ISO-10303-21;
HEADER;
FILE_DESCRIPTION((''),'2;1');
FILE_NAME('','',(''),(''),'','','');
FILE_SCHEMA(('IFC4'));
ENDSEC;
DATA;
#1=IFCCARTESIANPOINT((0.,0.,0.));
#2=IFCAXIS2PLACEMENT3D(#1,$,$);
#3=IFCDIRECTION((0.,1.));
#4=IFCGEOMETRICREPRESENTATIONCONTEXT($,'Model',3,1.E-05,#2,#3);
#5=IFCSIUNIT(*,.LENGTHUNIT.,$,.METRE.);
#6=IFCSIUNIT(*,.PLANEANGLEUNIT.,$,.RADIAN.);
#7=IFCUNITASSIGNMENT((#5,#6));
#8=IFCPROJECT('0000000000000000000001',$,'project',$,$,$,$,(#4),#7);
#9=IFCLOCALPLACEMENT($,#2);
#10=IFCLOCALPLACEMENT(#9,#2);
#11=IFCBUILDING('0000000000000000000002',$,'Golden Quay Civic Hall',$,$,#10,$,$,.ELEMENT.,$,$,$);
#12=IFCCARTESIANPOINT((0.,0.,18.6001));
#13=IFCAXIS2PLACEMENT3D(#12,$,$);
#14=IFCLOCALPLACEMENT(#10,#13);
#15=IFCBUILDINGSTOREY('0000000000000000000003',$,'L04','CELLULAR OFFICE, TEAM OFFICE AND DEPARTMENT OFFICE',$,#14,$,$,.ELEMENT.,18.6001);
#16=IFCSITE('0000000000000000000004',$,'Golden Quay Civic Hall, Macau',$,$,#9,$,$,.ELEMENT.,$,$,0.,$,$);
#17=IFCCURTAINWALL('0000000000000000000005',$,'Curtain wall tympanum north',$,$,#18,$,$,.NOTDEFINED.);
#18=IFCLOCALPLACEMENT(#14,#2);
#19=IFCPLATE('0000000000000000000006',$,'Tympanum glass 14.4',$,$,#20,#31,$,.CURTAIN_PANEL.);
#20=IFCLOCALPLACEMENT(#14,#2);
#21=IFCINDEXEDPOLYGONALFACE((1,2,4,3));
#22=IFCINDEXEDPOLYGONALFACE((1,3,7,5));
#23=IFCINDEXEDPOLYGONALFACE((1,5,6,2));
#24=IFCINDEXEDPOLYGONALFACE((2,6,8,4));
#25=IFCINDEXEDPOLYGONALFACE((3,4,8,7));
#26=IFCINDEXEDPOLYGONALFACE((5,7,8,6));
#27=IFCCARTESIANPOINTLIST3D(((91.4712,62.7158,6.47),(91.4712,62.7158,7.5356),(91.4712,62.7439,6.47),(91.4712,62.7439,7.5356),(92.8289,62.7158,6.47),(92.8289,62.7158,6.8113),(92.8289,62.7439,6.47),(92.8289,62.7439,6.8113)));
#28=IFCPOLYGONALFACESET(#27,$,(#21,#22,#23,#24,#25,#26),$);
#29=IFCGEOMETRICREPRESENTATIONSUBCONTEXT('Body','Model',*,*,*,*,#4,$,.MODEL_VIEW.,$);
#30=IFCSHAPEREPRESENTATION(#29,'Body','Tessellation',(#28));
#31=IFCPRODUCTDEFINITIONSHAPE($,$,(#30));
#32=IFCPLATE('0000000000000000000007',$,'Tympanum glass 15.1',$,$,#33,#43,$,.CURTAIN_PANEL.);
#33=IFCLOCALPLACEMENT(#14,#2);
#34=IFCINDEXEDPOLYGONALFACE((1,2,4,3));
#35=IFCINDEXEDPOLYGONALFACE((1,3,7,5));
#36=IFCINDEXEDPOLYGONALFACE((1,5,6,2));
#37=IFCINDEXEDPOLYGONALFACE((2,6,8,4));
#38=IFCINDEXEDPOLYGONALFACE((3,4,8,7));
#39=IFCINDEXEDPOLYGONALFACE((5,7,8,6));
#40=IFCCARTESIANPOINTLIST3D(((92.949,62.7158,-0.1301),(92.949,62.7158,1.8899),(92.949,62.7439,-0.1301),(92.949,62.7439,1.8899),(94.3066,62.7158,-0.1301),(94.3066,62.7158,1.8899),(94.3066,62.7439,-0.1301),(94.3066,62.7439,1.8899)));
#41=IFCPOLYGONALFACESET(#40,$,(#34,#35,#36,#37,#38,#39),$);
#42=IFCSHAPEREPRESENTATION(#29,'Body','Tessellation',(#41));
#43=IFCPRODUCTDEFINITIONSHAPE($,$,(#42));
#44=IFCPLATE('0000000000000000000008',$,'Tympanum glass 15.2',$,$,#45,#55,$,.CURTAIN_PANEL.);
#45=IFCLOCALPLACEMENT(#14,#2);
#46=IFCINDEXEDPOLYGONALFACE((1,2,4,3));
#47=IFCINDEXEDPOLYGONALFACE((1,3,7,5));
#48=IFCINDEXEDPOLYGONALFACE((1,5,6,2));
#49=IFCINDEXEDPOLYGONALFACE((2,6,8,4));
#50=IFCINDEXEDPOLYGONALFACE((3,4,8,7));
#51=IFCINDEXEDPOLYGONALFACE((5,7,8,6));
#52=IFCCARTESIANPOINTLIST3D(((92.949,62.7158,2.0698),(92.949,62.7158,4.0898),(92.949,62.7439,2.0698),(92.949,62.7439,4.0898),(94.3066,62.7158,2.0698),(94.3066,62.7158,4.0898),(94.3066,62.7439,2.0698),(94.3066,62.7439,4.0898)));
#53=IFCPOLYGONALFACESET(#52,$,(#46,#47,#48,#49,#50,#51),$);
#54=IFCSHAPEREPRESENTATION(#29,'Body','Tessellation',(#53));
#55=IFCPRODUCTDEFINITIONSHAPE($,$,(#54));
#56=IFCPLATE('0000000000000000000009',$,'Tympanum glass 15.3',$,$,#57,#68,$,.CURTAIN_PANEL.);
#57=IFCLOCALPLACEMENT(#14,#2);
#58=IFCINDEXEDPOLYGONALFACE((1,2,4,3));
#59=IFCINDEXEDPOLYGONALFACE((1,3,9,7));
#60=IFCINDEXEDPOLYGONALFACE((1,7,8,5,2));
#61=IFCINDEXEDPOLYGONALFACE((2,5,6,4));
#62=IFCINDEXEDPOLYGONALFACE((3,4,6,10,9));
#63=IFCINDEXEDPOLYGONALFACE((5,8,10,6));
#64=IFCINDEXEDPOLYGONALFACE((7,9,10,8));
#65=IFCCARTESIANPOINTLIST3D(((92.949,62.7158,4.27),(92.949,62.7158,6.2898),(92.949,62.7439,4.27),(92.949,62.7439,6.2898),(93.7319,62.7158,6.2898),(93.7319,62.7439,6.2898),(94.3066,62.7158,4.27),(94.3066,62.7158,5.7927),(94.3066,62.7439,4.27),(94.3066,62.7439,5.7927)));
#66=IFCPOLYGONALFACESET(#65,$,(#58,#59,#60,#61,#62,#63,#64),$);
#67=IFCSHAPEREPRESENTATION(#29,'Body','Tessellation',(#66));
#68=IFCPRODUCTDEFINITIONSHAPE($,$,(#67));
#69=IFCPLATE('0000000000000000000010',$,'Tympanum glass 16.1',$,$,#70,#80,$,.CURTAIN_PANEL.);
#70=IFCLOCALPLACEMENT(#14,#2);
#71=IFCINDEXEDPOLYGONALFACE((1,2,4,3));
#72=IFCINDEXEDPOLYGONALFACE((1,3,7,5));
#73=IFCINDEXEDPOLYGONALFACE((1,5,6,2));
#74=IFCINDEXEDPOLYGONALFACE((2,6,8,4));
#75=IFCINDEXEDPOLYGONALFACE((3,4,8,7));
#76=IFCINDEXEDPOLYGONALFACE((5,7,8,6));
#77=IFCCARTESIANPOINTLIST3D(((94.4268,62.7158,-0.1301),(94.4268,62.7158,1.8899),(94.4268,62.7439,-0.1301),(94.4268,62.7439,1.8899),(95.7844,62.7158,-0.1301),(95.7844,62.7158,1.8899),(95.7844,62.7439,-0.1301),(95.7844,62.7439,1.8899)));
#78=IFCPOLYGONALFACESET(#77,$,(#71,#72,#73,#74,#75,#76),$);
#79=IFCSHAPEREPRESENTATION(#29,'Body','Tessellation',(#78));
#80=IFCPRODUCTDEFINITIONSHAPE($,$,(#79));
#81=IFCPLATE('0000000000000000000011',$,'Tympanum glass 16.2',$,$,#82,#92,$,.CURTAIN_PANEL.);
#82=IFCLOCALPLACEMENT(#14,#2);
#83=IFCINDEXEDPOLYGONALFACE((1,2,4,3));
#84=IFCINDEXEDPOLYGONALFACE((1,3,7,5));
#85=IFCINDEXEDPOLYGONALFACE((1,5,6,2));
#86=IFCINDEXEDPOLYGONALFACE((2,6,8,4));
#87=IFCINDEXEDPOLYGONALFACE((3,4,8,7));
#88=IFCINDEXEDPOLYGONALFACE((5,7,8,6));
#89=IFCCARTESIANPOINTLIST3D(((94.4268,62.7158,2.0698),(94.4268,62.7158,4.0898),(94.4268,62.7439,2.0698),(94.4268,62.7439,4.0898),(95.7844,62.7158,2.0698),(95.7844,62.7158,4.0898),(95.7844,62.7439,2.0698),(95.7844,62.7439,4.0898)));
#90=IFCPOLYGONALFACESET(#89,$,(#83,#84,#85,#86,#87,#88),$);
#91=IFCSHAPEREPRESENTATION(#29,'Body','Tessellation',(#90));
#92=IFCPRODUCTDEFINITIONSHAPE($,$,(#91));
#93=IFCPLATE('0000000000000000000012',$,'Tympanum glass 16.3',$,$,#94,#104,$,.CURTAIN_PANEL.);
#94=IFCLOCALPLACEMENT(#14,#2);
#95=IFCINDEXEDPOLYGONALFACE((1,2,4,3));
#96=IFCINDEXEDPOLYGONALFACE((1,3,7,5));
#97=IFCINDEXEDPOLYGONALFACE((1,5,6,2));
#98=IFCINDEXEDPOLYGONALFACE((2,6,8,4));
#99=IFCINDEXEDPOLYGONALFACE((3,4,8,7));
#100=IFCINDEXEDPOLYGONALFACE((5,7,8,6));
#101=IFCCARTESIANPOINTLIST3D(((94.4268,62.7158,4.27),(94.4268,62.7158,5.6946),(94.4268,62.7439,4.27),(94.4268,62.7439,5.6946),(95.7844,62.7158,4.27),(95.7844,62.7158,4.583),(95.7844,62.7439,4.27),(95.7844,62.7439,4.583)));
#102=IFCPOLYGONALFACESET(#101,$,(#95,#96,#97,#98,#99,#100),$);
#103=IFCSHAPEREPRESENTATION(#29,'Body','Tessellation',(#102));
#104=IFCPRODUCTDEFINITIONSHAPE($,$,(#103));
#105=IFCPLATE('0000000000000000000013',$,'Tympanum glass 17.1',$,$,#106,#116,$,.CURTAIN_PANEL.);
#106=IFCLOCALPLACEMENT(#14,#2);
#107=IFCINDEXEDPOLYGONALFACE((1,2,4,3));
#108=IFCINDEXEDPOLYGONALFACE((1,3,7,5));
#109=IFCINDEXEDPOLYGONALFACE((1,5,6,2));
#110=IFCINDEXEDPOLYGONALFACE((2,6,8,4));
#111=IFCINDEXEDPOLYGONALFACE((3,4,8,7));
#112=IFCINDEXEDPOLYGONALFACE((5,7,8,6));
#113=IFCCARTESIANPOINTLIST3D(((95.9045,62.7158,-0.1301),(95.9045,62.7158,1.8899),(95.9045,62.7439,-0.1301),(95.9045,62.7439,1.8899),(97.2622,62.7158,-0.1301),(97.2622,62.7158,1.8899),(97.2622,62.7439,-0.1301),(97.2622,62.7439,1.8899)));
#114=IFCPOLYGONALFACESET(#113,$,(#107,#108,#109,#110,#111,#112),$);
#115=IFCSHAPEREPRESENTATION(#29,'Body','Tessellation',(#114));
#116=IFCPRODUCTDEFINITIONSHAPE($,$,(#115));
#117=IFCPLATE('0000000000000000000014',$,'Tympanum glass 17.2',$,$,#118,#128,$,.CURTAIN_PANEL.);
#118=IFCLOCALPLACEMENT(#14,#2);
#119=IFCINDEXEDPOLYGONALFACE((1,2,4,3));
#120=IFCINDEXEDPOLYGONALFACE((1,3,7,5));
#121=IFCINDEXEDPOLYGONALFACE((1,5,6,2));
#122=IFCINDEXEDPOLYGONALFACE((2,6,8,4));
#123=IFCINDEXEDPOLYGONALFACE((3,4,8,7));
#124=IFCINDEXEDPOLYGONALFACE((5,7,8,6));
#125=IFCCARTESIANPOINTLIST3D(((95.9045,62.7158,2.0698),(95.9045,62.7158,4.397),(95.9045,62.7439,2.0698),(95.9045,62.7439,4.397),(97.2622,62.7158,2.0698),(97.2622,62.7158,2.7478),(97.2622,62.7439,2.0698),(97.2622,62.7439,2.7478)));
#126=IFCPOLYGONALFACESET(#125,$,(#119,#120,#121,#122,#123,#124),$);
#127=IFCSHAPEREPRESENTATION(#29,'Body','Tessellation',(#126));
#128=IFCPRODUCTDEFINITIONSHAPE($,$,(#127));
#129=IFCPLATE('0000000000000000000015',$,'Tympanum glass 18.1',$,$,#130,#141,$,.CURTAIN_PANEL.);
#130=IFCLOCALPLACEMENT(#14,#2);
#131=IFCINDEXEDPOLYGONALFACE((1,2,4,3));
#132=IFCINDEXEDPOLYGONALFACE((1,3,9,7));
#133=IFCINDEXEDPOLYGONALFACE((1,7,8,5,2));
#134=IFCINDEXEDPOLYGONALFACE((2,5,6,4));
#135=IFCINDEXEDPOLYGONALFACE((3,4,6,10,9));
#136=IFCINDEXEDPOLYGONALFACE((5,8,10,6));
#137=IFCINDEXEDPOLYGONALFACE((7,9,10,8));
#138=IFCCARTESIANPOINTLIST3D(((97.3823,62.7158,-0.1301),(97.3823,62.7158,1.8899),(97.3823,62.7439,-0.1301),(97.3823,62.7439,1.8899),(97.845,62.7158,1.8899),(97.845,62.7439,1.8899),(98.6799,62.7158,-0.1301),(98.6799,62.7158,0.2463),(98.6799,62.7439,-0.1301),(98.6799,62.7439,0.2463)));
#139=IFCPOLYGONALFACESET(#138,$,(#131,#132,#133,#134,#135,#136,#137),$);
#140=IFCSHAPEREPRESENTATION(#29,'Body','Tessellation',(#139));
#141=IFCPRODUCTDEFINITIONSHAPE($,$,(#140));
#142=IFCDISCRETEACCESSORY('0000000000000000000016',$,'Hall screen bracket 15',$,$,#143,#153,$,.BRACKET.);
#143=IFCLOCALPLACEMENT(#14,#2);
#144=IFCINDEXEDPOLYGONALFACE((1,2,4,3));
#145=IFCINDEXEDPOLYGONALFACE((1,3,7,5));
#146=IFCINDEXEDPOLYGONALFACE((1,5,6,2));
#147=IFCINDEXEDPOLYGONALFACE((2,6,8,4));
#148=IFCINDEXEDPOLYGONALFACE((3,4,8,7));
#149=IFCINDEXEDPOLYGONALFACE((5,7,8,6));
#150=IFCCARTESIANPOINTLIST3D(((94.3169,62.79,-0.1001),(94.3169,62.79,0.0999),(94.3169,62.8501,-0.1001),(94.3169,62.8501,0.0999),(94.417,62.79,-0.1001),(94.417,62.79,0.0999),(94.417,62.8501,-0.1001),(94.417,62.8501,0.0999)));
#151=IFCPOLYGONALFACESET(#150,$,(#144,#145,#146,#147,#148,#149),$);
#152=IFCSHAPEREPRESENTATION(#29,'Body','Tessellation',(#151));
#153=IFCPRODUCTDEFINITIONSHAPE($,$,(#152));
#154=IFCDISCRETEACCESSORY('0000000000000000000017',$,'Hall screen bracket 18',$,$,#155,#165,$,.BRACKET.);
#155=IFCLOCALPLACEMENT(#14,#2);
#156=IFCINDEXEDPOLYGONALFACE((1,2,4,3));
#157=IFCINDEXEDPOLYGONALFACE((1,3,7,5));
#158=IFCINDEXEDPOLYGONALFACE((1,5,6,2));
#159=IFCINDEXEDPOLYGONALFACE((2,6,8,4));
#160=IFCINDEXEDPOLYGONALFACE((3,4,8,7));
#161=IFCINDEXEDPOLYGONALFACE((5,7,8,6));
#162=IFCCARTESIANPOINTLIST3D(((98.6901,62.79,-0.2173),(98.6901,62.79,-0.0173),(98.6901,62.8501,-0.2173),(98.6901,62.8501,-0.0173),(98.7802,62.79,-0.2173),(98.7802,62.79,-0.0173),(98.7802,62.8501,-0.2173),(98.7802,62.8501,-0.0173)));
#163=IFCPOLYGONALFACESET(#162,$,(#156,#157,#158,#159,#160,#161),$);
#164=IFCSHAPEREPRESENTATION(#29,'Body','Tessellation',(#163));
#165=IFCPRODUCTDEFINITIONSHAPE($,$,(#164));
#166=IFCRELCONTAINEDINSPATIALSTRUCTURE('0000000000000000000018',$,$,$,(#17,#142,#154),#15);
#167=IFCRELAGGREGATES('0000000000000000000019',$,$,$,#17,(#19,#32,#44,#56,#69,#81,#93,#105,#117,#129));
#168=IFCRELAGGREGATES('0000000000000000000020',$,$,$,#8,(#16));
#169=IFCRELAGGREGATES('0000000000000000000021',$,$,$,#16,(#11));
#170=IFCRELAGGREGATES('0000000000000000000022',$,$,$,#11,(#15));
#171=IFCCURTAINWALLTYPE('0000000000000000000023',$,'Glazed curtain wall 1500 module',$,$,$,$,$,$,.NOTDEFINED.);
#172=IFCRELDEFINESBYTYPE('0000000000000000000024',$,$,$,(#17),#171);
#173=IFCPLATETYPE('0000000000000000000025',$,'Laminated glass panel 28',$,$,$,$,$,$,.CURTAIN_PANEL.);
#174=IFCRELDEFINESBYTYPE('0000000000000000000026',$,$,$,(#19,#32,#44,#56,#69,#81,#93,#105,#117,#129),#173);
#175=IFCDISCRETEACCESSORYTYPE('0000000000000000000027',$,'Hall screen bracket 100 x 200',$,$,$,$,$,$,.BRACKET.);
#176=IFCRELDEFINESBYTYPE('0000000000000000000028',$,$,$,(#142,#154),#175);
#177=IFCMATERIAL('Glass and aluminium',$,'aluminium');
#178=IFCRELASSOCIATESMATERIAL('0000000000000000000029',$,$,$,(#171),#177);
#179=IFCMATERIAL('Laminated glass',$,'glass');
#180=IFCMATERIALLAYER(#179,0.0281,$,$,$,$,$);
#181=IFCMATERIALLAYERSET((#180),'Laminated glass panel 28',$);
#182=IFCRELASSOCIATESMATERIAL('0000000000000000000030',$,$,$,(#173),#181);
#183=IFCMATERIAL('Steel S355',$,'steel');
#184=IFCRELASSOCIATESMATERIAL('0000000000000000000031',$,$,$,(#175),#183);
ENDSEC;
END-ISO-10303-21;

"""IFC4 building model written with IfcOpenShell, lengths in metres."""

from ifc_helpers import new_model, si_unit, direction, frame, origin, origin_2d, place, context, subcontext, project, spatial, polyline, rectangle, outline, extrude, material, layer, layer_set, type_object, element, aggregate, save


model = new_model("IFC4")

# Units and contexts
model_context = context("Model", 3, precision=1e-05, world=origin(), true_north=direction((0.0, 1.0)))
body_context = subcontext(model_context, "Body", "Model", "MODEL_VIEW")
ifc_project = project(units=[si_unit("LENGTHUNIT", "METRE"), si_unit("PLANEANGLEUNIT", "RADIAN")], contexts=[model_context])

# Site, building, storey
site_placement = place(None, origin())
site = spatial("IfcSite", under=ifc_project, at=site_placement, Name="Golden Quay Civic Hall, Macau", CompositionType="ELEMENT", RefElevation=0.0)
building_placement = place(site_placement, origin())
building = spatial("IfcBuilding", under=site, at=building_placement, Name="Golden Quay Civic Hall", CompositionType="ELEMENT")
storey_placement = place(building_placement, frame((0.0, 0.0, 18.6001)))
storey = spatial("IfcBuildingStorey", under=building, at=storey_placement, Name="L04", Description="CELLULAR OFFICE, TEAM OFFICE AND DEPARTMENT OFFICE", CompositionType="ELEMENT", Elevation=18.6001)

# Curtain wall, plates
ifc_material_1 = material(Name="Glass and aluminium", Category="aluminium")
curtain_wall_type = type_object("IfcCurtainWallType", Name="Glazed curtain wall 1500 module", PredefinedType="NOTDEFINED", material=ifc_material_1)
curtain_wall_placement = place(storey_placement, origin())
curtain_wall = element("IfcCurtainWall", 1, at=curtain_wall_placement, inside=storey, type_object=curtain_wall_type, Name="Curtain wall tympanum north", PredefinedType="NOTDEFINED")
ifc_material_2 = material(Name="Laminated glass", Category="glass")
ifc_layer = layer(ifc_material_2, 0.0281)
ifc_layer_set = layer_set([ifc_layer], Name="Laminated glass panel 28")
plate_type = type_object("IfcPlateType", Name="Laminated glass panel 28", PredefinedType="CURTAIN_PANEL", material=ifc_layer_set)
plate_1_placement = place(storey_placement, frame((92.8289, 62.7439, 6.47), z_axis=(0.0, 1.0, 0.0), x_axis=(-1.0, 0.0, 0.0)))
plate_1 = element("IfcPlate", 2, at=plate_1_placement, type_object=plate_type, Name="Tympanum glass 14.4", PredefinedType="CURTAIN_PANEL", context=body_context, shape_type="SweptSolid", body=[
    extrude(outline(polyline([(0.0, 0.0), (1.3577, 0.0), (1.3577, 1.0657), (0.0, 0.3413), (0.0, 0.0)])), origin(), (0.0, 0.0, -1.0), 0.0281),
])
plate_2_placement = place(storey_placement, frame((94.3066, 62.7439, -0.1301), z_axis=(0.0, 1.0, 0.0), x_axis=(-1.0, 0.0, 0.0)))
plate_2 = element("IfcPlate", 3, at=plate_2_placement, type_object=plate_type, Name="Tympanum glass 15.1", PredefinedType="CURTAIN_PANEL", context=body_context, shape_type="SweptSolid", body=[
    extrude(outline(polyline([(0.0, 0.0), (1.3577, 0.0), (1.3577, 2.02), (0.0, 2.02), (0.0, 0.0)])), origin(), (0.0, 0.0, -1.0), 0.0281),
])
plate_3_placement = place(storey_placement, frame((94.3066, 62.7439, 2.0698), z_axis=(0.0, 1.0, 0.0), x_axis=(-1.0, 0.0, 0.0)))
plate_3 = element("IfcPlate", 4, at=plate_3_placement, type_object=plate_type, Name="Tympanum glass 15.2", PredefinedType="CURTAIN_PANEL", context=body_context, shape_type="SweptSolid", body=[
    extrude(outline(polyline([(0.0, 0.0), (1.3577, 0.0), (1.3577, 2.02), (0.0, 2.02), (0.0, 0.0)])), origin(), (0.0, 0.0, -1.0), 0.0281),
])
plate_4_placement = place(storey_placement, frame((94.3066, 62.7439, 4.27), z_axis=(0.0, 1.0, 0.0), x_axis=(-1.0, 0.0, 0.0)))
plate_4 = element("IfcPlate", 5, at=plate_4_placement, type_object=plate_type, Name="Tympanum glass 15.3", PredefinedType="CURTAIN_PANEL", context=body_context, shape_type="SweptSolid", body=[
    extrude(outline(polyline([(0.0, 0.0), (1.3577, 0.0), (1.3577, 2.0198), (0.5747, 2.0198), (0.0, 1.5227), (0.0, 0.0)])), origin(), (0.0, 0.0, -1.0), 0.0281),
])
plate_5_placement = place(storey_placement, frame((95.7844, 62.7439, -0.1301), z_axis=(0.0, 1.0, 0.0), x_axis=(-1.0, 0.0, 0.0)))
plate_5 = element("IfcPlate", 6, at=plate_5_placement, type_object=plate_type, Name="Tympanum glass 16.1", PredefinedType="CURTAIN_PANEL", context=body_context, shape_type="SweptSolid", body=[
    extrude(outline(polyline([(0.0, 0.0), (1.3577, 0.0), (1.3577, 2.02), (0.0, 2.02), (0.0, 0.0)])), origin(), (0.0, 0.0, -1.0), 0.0281),
])
plate_6_placement = place(storey_placement, frame((95.7844, 62.7439, 2.0698), z_axis=(0.0, 1.0, 0.0), x_axis=(-1.0, 0.0, 0.0)))
plate_6 = element("IfcPlate", 7, at=plate_6_placement, type_object=plate_type, Name="Tympanum glass 16.2", PredefinedType="CURTAIN_PANEL", context=body_context, shape_type="SweptSolid", body=[
    extrude(outline(polyline([(0.0, 0.0), (1.3577, 0.0), (1.3577, 2.02), (0.0, 2.02), (0.0, 0.0)])), origin(), (0.0, 0.0, -1.0), 0.0281),
])
plate_7_placement = place(storey_placement, frame((95.7844, 62.7439, 4.27), z_axis=(0.0, 1.0, 0.0), x_axis=(-1.0, 0.0, 0.0)))
plate_7 = element("IfcPlate", 8, at=plate_7_placement, type_object=plate_type, Name="Tympanum glass 16.3", PredefinedType="CURTAIN_PANEL", context=body_context, shape_type="SweptSolid", body=[
    extrude(outline(polyline([(0.0, 0.0), (1.3577, 0.0), (1.3577, 1.4246), (0.0, 0.313), (0.0, 0.0)])), origin(), (0.0, 0.0, -1.0), 0.0281),
])
plate_8_placement = place(storey_placement, frame((97.2622, 62.7439, -0.1301), z_axis=(0.0, 1.0, 0.0), x_axis=(-1.0, 0.0, 0.0)))
plate_8 = element("IfcPlate", 9, at=plate_8_placement, type_object=plate_type, Name="Tympanum glass 17.1", PredefinedType="CURTAIN_PANEL", context=body_context, shape_type="SweptSolid", body=[
    extrude(outline(polyline([(0.0, 0.0), (1.3577, 0.0), (1.3577, 2.02), (0.0, 2.02), (0.0, 0.0)])), origin(), (0.0, 0.0, -1.0), 0.0281),
])
plate_9_placement = place(storey_placement, frame((97.2622, 62.7439, 2.0698), z_axis=(0.0, 1.0, 0.0), x_axis=(-1.0, 0.0, 0.0)))
plate_9 = element("IfcPlate", 10, at=plate_9_placement, type_object=plate_type, Name="Tympanum glass 17.2", PredefinedType="CURTAIN_PANEL", context=body_context, shape_type="SweptSolid", body=[
    extrude(outline(polyline([(0.0, 0.0), (1.3577, 0.0), (1.3577, 2.3271), (0.0, 0.678), (0.0, 0.0)])), origin(), (0.0, 0.0, -1.0), 0.0281),
])
plate_10_placement = place(storey_placement, frame((98.6799, 62.7439, -0.1301), z_axis=(0.0, 1.0, 0.0), x_axis=(-1.0, 0.0, 0.0)))
plate_10 = element("IfcPlate", 11, at=plate_10_placement, type_object=plate_type, Name="Tympanum glass 18.1", PredefinedType="CURTAIN_PANEL", context=body_context, shape_type="SweptSolid", body=[
    extrude(outline(polyline([(0.0, 0.0), (1.2976, 0.0), (1.2976, 2.02), (0.835, 2.02), (0.0, 0.3765), (0.0, 0.0)])), origin(), (0.0, 0.0, -1.0), 0.0281),
])
aggregate(curtain_wall, [plate_1, plate_2, plate_3, plate_4, plate_5, plate_6, plate_7, plate_8, plate_9, plate_10])

# Discrete accessories
ifc_material_3 = material(Name="Steel S355", Category="steel")
discrete_accessory_type = type_object("IfcDiscreteAccessoryType", Name="Hall screen bracket 100 x 200", PredefinedType="BRACKET", material=ifc_material_3)
discrete_accessory_1_placement = place(storey_placement, frame((94.3669, 62.8201, -0.1001), z_axis=(0.0, 0.0, 1.0), x_axis=(1.0, 0.0, 0.0)))
element("IfcDiscreteAccessory", 12, at=discrete_accessory_1_placement, inside=storey, type_object=discrete_accessory_type, Name="Hall screen bracket 15", PredefinedType="BRACKET", context=body_context, shape_type="SweptSolid", body=[
    extrude(rectangle(XDim=0.1001, YDim=0.0601, at=origin_2d()), origin(), (0.0, 0.0, 1.0), 0.2),
])
discrete_accessory_2_placement = place(storey_placement, frame((98.7351, 62.8201, -0.2173), z_axis=(0.0, 0.0, 1.0), x_axis=(1.0, 0.0, 0.0)))
element("IfcDiscreteAccessory", 13, at=discrete_accessory_2_placement, inside=storey, type_object=discrete_accessory_type, Name="Hall screen bracket 18", PredefinedType="BRACKET", context=body_context, shape_type="SweptSolid", body=[
    extrude(rectangle(XDim=0.0901, YDim=0.0601, at=origin_2d()), origin(), (0.0, 0.0, 1.0), 0.2),
])

save(model, "model.ifc")
